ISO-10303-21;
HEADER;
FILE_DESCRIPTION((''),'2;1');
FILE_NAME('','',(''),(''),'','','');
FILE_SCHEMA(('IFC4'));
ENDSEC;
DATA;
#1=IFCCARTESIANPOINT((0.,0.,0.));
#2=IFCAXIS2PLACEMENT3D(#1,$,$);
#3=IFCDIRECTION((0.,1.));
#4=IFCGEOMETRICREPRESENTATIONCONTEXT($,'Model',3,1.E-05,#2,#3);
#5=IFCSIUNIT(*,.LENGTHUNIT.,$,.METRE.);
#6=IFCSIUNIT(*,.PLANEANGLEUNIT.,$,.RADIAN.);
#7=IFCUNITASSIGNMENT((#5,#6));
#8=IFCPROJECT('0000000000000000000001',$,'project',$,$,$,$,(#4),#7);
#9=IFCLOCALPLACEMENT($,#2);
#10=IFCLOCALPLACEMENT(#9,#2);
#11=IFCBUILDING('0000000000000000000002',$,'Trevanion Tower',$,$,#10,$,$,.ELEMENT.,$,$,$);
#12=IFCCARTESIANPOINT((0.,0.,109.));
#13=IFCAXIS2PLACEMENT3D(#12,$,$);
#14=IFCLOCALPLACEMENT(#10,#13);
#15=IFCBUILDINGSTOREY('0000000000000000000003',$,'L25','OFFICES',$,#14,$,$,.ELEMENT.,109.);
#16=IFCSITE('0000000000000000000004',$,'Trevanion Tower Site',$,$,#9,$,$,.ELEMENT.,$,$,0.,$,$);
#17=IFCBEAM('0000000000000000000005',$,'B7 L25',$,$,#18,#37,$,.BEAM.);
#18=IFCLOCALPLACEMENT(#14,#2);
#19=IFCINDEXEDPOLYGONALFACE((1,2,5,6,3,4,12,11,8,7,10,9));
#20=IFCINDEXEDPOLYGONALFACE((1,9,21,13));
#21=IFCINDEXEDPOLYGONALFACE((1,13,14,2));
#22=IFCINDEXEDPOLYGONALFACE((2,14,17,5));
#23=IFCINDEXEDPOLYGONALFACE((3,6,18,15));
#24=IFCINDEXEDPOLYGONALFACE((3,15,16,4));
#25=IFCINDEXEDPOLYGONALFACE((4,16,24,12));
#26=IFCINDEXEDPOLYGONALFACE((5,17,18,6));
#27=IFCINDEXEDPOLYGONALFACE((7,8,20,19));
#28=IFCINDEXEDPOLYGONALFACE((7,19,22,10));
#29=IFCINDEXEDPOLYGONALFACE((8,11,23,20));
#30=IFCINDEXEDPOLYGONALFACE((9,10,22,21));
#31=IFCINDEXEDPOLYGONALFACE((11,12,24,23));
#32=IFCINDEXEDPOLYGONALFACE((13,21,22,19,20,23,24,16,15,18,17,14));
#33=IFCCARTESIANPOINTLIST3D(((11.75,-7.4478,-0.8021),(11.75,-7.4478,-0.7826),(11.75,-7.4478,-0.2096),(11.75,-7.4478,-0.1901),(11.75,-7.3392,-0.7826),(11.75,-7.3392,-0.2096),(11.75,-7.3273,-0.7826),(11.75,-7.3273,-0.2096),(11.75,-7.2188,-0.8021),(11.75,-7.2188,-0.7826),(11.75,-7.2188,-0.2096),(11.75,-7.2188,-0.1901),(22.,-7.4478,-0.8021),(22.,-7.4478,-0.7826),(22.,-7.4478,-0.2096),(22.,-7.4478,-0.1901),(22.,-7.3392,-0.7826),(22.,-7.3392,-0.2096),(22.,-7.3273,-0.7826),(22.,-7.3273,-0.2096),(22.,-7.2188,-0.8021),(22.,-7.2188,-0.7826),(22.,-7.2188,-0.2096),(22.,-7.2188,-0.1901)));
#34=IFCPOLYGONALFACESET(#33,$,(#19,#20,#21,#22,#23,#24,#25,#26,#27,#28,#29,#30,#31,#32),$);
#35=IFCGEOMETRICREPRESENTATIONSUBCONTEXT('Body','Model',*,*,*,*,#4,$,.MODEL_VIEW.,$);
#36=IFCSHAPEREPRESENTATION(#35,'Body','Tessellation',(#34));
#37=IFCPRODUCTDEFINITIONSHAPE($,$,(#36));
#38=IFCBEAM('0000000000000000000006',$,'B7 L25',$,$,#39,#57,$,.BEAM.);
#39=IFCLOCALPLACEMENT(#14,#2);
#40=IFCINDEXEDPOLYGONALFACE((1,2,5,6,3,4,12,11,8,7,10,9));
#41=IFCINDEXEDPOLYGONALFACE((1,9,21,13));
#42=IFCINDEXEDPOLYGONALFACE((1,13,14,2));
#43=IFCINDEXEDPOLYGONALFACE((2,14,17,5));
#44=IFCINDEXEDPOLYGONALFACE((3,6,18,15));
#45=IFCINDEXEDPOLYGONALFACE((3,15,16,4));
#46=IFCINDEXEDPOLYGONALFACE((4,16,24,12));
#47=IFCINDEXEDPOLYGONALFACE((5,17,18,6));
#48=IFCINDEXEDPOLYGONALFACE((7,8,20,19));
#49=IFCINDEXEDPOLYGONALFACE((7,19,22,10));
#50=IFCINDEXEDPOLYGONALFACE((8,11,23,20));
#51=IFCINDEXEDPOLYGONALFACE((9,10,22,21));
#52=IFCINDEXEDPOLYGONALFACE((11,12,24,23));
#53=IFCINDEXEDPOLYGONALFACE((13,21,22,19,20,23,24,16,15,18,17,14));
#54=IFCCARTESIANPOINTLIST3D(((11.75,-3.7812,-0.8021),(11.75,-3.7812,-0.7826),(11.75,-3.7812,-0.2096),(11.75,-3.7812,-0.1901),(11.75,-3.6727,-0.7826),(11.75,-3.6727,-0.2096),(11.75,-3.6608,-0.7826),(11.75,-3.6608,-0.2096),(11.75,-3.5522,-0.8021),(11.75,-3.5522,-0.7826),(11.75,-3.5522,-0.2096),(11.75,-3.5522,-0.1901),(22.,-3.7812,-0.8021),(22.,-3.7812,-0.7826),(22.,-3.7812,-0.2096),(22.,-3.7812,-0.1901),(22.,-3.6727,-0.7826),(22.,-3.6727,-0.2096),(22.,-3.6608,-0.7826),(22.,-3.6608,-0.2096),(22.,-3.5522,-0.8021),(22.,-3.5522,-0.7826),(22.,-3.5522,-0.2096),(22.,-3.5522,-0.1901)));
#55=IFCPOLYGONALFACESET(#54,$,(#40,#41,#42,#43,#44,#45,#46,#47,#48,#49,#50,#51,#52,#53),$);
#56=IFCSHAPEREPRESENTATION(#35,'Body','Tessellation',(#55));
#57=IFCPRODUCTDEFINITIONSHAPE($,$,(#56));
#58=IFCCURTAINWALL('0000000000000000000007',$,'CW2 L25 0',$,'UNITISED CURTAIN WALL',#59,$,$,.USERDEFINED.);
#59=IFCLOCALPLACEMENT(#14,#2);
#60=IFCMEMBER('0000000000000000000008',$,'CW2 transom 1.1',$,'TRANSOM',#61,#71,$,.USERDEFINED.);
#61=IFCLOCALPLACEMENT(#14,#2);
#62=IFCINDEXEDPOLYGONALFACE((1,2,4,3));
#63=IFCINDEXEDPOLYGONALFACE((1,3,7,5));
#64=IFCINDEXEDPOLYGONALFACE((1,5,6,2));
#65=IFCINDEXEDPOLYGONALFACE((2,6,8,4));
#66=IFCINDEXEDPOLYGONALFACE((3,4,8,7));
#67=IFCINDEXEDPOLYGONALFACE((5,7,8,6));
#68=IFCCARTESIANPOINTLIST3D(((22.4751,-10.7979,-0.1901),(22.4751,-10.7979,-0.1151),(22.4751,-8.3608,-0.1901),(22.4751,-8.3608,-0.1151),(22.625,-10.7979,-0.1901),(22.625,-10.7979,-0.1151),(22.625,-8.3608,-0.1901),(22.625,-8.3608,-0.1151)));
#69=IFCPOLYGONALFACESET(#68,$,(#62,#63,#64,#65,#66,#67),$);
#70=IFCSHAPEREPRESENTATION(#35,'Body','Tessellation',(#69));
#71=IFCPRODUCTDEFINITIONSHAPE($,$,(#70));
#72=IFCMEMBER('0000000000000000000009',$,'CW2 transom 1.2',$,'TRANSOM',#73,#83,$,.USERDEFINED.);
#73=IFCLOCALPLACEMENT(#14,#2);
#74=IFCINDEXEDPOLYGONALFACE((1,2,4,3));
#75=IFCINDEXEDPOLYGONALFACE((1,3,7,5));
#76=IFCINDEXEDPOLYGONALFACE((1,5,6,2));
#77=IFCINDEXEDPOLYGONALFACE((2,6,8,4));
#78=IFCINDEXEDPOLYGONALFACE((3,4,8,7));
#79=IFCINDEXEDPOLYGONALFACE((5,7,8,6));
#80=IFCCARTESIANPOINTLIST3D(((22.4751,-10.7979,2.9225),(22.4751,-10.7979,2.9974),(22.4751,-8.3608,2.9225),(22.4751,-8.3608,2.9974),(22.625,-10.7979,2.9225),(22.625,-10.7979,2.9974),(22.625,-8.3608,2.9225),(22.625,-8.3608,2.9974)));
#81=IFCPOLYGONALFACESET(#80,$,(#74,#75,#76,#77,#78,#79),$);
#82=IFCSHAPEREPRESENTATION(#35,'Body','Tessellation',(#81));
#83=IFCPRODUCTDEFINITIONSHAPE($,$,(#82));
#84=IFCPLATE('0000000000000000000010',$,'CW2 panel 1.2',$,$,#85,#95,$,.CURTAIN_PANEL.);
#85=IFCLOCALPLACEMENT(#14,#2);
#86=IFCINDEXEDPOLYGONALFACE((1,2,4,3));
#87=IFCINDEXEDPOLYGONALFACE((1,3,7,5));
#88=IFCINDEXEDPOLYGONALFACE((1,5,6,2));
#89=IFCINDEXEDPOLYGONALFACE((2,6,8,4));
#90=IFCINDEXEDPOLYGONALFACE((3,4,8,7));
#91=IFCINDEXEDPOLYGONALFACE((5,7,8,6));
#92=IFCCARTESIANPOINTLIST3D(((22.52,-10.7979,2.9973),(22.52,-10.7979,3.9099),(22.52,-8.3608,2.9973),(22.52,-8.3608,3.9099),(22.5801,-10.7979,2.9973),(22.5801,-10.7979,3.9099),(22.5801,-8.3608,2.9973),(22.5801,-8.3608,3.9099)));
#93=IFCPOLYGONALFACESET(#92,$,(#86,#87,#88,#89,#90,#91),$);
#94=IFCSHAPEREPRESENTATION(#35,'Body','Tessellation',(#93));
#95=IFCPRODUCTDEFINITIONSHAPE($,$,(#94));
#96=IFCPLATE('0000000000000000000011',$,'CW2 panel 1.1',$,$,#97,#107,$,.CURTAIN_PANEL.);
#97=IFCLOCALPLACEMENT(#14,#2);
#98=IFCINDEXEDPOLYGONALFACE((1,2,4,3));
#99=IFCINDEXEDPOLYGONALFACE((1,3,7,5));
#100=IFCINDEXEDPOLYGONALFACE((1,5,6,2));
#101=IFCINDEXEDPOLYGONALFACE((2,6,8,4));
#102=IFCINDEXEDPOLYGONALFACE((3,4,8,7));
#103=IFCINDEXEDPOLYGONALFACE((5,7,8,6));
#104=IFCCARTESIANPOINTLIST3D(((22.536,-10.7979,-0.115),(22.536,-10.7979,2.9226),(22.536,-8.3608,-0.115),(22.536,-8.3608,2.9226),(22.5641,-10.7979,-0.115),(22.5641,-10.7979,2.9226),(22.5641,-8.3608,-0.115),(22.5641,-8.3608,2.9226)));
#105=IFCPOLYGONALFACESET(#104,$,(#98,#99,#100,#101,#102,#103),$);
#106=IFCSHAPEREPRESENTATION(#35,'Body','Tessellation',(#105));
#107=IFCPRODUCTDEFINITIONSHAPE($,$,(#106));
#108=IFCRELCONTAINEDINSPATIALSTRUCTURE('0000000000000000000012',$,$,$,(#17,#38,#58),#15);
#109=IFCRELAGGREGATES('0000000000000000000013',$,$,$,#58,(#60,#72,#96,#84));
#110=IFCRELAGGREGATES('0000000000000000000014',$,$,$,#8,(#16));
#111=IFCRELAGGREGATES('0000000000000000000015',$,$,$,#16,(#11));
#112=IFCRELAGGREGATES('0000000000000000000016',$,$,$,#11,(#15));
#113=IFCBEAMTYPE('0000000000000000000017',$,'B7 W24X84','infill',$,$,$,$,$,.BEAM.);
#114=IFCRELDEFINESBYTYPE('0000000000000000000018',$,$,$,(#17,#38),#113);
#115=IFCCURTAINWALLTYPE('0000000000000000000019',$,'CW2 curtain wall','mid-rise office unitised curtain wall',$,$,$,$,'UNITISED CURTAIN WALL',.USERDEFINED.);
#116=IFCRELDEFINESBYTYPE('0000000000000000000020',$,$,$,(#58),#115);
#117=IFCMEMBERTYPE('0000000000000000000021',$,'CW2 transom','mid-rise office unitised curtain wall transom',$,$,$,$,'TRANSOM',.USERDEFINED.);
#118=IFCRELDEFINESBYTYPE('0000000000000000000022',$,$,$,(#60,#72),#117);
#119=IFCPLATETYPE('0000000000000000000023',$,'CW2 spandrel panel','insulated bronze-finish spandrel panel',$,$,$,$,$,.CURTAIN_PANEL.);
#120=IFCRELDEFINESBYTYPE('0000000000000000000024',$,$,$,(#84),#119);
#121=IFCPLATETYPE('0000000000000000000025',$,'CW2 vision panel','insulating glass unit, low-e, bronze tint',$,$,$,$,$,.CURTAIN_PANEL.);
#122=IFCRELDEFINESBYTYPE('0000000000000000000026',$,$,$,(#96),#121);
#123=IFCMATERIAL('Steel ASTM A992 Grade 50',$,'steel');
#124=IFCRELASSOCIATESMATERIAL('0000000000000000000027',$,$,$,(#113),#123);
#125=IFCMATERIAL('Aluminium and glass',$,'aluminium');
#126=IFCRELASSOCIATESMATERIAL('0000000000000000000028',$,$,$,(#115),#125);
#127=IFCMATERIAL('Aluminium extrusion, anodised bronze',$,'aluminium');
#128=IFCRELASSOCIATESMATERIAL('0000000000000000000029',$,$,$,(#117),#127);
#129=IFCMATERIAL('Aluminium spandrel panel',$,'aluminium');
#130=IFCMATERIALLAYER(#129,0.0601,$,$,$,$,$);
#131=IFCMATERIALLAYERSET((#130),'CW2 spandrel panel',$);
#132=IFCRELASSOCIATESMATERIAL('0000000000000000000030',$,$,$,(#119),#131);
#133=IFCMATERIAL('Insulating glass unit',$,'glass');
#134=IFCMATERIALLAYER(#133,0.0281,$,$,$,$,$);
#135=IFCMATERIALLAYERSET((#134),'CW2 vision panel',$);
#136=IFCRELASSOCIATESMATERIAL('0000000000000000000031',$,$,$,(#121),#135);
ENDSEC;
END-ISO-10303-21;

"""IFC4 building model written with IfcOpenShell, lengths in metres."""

from ifc_helpers import new_model, si_unit, direction, frame, origin, origin_2d, place, context, subcontext, project, spatial, rectangle, i_section, extrude, material, layer, layer_set, material_profile, profile_set, type_object, element, aggregate, save


model = new_model("IFC4")

# Units and contexts
model_context = context("Model", 3, precision=1e-05, world=origin(), true_north=direction((0.0, 1.0)))
body_context = subcontext(model_context, "Body", "Model", "MODEL_VIEW")
ifc_project = project(units=[si_unit("LENGTHUNIT", "METRE"), si_unit("PLANEANGLEUNIT", "RADIAN")], contexts=[model_context])

# Site, building, storey
site_placement = place(None, origin())
site = spatial("IfcSite", under=ifc_project, at=site_placement, Name="Trevanion Tower Site", CompositionType="ELEMENT", RefElevation=0.0)
building_placement = place(site_placement, origin())
building = spatial("IfcBuilding", under=site, at=building_placement, Name="Trevanion Tower", CompositionType="ELEMENT")
storey_placement = place(building_placement, frame((0.0, 0.0, 109.0)))
storey = spatial("IfcBuildingStorey", under=building, at=storey_placement, Name="L25", Description="OFFICES", CompositionType="ELEMENT", Elevation=109.0)

# Beams
ifc_material_1 = material(Name="Steel ASTM A992 Grade 50", Category="steel")
ifc_material_profile_1 = material_profile(ifc_material_1, i_section(OverallWidth=0.229, OverallDepth=0.6121, WebThickness=0.012, FlangeThickness=0.0195, at=origin_2d()), Name="W24X84")
ifc_profile_set_1 = profile_set([ifc_material_profile_1], Name="Steel ASTM A992 Grade 50")
beam_type = type_object("IfcBeamType", Name="B7 W24X84", Description="infill", PredefinedType="BEAM", material=ifc_profile_set_1)
for number, where, z_axis, x_axis, name in (
    (1, (11.75, -7.3333, -0.4961), (1.0, 0.0, 0.0), (0.0, 1.0, 0.0), "B7 L25"),
    (2, (11.75, -3.6667, -0.4961), (1.0, 0.0, 0.0), (0.0, 1.0, 0.0), "B7 L25"),
):
    element("IfcBeam", number, at=place(storey_placement, frame(where, z_axis=z_axis, x_axis=x_axis)), inside=storey, type_object=beam_type, Name=name, PredefinedType="BEAM", context=body_context, shape_type="SweptSolid", body=[
        extrude(i_section(OverallWidth=0.229, OverallDepth=0.6121, WebThickness=0.012, FlangeThickness=0.0195, at=origin_2d()), origin(), (0.0, 0.0, 1.0), 10.25),
    ])

# Curtain wall, members, plates
ifc_material_2 = material(Name="Aluminium and glass", Category="aluminium")
curtain_wall_type = type_object("IfcCurtainWallType", Name="CW2 curtain wall", Description="mid-rise office unitised curtain wall", ElementType="UNITISED CURTAIN WALL", PredefinedType="USERDEFINED", material=ifc_material_2)
curtain_wall_placement = place(storey_placement, origin())
curtain_wall = element("IfcCurtainWall", 3, at=curtain_wall_placement, inside=storey, type_object=curtain_wall_type, Name="CW2 L25 0", ObjectType="UNITISED CURTAIN WALL", PredefinedType="USERDEFINED")
ifc_material_3 = material(Name="Aluminium extrusion, anodised bronze", Category="aluminium")
ifc_material_profile_2 = material_profile(ifc_material_3, rectangle(XDim=0.1499, YDim=0.075, at=origin_2d()), Name="CW2 transom")
ifc_profile_set_2 = profile_set([ifc_material_profile_2], Name="Aluminium extrusion, anodised bronze")
member_type = type_object("IfcMemberType", Name="CW2 transom", Description="mid-rise office unitised curtain wall transom", ElementType="TRANSOM", PredefinedType="USERDEFINED", material=ifc_profile_set_2)
member_1_placement = place(storey_placement, frame((22.55, -10.7979, -0.1526), z_axis=(0.0, 1.0, 0.0), x_axis=(-1.0, 0.0, 0.0)))
member_1 = element("IfcMember", 4, at=member_1_placement, type_object=member_type, Name="CW2 transom 1.1", ObjectType="TRANSOM", PredefinedType="USERDEFINED", context=body_context, shape_type="SweptSolid", body=[
    extrude(rectangle(XDim=0.1499, YDim=0.075, at=origin_2d()), origin(), (0.0, 0.0, 1.0), 2.437),
])
member_2_placement = place(storey_placement, frame((22.55, -10.7979, 2.96), z_axis=(0.0, 1.0, 0.0), x_axis=(-1.0, 0.0, 0.0)))
member_2 = element("IfcMember", 5, at=member_2_placement, type_object=member_type, Name="CW2 transom 1.2", ObjectType="TRANSOM", PredefinedType="USERDEFINED", context=body_context, shape_type="SweptSolid", body=[
    extrude(rectangle(XDim=0.1499, YDim=0.075, at=origin_2d()), origin(), (0.0, 0.0, 1.0), 2.437),
])
ifc_material_4 = material(Name="Aluminium spandrel panel", Category="aluminium")
ifc_layer_1 = layer(ifc_material_4, 0.0601)
ifc_layer_set_1 = layer_set([ifc_layer_1], Name="CW2 spandrel panel")
plate_type_1 = type_object("IfcPlateType", Name="CW2 spandrel panel", Description="insulated bronze-finish spandrel panel", PredefinedType="CURTAIN_PANEL", material=ifc_layer_set_1)
plate_1_placement = place(storey_placement, frame((22.55, -9.5793, 2.9973), z_axis=(0.0, 0.0, 1.0), x_axis=(0.0, 1.0, 0.0)))
plate_1 = element("IfcPlate", 6, at=plate_1_placement, type_object=plate_type_1, Name="CW2 panel 1.2", PredefinedType="CURTAIN_PANEL", context=body_context, shape_type="SweptSolid", body=[
    extrude(rectangle(XDim=2.437, YDim=0.0601, at=origin_2d()), origin(), (0.0, 0.0, 1.0), 0.9126),
])
ifc_material_5 = material(Name="Insulating glass unit", Category="glass")
ifc_layer_2 = layer(ifc_material_5, 0.0281)
ifc_layer_set_2 = layer_set([ifc_layer_2], Name="CW2 vision panel")
plate_type_2 = type_object("IfcPlateType", Name="CW2 vision panel", Description="insulating glass unit, low-e, bronze tint", PredefinedType="CURTAIN_PANEL", material=ifc_layer_set_2)
plate_2_placement = place(storey_placement, frame((22.55, -9.5793, -0.115), z_axis=(0.0, 0.0, 1.0), x_axis=(0.0, 1.0, 0.0)))
plate_2 = element("IfcPlate", 7, at=plate_2_placement, type_object=plate_type_2, Name="CW2 panel 1.1", PredefinedType="CURTAIN_PANEL", context=body_context, shape_type="SweptSolid", body=[
    extrude(rectangle(XDim=2.437, YDim=0.0281, at=origin_2d()), origin(), (0.0, 0.0, 1.0), 3.0376),
])
aggregate(curtain_wall, [member_1, member_2, plate_2, plate_1])

save(model, "model.ifc")
